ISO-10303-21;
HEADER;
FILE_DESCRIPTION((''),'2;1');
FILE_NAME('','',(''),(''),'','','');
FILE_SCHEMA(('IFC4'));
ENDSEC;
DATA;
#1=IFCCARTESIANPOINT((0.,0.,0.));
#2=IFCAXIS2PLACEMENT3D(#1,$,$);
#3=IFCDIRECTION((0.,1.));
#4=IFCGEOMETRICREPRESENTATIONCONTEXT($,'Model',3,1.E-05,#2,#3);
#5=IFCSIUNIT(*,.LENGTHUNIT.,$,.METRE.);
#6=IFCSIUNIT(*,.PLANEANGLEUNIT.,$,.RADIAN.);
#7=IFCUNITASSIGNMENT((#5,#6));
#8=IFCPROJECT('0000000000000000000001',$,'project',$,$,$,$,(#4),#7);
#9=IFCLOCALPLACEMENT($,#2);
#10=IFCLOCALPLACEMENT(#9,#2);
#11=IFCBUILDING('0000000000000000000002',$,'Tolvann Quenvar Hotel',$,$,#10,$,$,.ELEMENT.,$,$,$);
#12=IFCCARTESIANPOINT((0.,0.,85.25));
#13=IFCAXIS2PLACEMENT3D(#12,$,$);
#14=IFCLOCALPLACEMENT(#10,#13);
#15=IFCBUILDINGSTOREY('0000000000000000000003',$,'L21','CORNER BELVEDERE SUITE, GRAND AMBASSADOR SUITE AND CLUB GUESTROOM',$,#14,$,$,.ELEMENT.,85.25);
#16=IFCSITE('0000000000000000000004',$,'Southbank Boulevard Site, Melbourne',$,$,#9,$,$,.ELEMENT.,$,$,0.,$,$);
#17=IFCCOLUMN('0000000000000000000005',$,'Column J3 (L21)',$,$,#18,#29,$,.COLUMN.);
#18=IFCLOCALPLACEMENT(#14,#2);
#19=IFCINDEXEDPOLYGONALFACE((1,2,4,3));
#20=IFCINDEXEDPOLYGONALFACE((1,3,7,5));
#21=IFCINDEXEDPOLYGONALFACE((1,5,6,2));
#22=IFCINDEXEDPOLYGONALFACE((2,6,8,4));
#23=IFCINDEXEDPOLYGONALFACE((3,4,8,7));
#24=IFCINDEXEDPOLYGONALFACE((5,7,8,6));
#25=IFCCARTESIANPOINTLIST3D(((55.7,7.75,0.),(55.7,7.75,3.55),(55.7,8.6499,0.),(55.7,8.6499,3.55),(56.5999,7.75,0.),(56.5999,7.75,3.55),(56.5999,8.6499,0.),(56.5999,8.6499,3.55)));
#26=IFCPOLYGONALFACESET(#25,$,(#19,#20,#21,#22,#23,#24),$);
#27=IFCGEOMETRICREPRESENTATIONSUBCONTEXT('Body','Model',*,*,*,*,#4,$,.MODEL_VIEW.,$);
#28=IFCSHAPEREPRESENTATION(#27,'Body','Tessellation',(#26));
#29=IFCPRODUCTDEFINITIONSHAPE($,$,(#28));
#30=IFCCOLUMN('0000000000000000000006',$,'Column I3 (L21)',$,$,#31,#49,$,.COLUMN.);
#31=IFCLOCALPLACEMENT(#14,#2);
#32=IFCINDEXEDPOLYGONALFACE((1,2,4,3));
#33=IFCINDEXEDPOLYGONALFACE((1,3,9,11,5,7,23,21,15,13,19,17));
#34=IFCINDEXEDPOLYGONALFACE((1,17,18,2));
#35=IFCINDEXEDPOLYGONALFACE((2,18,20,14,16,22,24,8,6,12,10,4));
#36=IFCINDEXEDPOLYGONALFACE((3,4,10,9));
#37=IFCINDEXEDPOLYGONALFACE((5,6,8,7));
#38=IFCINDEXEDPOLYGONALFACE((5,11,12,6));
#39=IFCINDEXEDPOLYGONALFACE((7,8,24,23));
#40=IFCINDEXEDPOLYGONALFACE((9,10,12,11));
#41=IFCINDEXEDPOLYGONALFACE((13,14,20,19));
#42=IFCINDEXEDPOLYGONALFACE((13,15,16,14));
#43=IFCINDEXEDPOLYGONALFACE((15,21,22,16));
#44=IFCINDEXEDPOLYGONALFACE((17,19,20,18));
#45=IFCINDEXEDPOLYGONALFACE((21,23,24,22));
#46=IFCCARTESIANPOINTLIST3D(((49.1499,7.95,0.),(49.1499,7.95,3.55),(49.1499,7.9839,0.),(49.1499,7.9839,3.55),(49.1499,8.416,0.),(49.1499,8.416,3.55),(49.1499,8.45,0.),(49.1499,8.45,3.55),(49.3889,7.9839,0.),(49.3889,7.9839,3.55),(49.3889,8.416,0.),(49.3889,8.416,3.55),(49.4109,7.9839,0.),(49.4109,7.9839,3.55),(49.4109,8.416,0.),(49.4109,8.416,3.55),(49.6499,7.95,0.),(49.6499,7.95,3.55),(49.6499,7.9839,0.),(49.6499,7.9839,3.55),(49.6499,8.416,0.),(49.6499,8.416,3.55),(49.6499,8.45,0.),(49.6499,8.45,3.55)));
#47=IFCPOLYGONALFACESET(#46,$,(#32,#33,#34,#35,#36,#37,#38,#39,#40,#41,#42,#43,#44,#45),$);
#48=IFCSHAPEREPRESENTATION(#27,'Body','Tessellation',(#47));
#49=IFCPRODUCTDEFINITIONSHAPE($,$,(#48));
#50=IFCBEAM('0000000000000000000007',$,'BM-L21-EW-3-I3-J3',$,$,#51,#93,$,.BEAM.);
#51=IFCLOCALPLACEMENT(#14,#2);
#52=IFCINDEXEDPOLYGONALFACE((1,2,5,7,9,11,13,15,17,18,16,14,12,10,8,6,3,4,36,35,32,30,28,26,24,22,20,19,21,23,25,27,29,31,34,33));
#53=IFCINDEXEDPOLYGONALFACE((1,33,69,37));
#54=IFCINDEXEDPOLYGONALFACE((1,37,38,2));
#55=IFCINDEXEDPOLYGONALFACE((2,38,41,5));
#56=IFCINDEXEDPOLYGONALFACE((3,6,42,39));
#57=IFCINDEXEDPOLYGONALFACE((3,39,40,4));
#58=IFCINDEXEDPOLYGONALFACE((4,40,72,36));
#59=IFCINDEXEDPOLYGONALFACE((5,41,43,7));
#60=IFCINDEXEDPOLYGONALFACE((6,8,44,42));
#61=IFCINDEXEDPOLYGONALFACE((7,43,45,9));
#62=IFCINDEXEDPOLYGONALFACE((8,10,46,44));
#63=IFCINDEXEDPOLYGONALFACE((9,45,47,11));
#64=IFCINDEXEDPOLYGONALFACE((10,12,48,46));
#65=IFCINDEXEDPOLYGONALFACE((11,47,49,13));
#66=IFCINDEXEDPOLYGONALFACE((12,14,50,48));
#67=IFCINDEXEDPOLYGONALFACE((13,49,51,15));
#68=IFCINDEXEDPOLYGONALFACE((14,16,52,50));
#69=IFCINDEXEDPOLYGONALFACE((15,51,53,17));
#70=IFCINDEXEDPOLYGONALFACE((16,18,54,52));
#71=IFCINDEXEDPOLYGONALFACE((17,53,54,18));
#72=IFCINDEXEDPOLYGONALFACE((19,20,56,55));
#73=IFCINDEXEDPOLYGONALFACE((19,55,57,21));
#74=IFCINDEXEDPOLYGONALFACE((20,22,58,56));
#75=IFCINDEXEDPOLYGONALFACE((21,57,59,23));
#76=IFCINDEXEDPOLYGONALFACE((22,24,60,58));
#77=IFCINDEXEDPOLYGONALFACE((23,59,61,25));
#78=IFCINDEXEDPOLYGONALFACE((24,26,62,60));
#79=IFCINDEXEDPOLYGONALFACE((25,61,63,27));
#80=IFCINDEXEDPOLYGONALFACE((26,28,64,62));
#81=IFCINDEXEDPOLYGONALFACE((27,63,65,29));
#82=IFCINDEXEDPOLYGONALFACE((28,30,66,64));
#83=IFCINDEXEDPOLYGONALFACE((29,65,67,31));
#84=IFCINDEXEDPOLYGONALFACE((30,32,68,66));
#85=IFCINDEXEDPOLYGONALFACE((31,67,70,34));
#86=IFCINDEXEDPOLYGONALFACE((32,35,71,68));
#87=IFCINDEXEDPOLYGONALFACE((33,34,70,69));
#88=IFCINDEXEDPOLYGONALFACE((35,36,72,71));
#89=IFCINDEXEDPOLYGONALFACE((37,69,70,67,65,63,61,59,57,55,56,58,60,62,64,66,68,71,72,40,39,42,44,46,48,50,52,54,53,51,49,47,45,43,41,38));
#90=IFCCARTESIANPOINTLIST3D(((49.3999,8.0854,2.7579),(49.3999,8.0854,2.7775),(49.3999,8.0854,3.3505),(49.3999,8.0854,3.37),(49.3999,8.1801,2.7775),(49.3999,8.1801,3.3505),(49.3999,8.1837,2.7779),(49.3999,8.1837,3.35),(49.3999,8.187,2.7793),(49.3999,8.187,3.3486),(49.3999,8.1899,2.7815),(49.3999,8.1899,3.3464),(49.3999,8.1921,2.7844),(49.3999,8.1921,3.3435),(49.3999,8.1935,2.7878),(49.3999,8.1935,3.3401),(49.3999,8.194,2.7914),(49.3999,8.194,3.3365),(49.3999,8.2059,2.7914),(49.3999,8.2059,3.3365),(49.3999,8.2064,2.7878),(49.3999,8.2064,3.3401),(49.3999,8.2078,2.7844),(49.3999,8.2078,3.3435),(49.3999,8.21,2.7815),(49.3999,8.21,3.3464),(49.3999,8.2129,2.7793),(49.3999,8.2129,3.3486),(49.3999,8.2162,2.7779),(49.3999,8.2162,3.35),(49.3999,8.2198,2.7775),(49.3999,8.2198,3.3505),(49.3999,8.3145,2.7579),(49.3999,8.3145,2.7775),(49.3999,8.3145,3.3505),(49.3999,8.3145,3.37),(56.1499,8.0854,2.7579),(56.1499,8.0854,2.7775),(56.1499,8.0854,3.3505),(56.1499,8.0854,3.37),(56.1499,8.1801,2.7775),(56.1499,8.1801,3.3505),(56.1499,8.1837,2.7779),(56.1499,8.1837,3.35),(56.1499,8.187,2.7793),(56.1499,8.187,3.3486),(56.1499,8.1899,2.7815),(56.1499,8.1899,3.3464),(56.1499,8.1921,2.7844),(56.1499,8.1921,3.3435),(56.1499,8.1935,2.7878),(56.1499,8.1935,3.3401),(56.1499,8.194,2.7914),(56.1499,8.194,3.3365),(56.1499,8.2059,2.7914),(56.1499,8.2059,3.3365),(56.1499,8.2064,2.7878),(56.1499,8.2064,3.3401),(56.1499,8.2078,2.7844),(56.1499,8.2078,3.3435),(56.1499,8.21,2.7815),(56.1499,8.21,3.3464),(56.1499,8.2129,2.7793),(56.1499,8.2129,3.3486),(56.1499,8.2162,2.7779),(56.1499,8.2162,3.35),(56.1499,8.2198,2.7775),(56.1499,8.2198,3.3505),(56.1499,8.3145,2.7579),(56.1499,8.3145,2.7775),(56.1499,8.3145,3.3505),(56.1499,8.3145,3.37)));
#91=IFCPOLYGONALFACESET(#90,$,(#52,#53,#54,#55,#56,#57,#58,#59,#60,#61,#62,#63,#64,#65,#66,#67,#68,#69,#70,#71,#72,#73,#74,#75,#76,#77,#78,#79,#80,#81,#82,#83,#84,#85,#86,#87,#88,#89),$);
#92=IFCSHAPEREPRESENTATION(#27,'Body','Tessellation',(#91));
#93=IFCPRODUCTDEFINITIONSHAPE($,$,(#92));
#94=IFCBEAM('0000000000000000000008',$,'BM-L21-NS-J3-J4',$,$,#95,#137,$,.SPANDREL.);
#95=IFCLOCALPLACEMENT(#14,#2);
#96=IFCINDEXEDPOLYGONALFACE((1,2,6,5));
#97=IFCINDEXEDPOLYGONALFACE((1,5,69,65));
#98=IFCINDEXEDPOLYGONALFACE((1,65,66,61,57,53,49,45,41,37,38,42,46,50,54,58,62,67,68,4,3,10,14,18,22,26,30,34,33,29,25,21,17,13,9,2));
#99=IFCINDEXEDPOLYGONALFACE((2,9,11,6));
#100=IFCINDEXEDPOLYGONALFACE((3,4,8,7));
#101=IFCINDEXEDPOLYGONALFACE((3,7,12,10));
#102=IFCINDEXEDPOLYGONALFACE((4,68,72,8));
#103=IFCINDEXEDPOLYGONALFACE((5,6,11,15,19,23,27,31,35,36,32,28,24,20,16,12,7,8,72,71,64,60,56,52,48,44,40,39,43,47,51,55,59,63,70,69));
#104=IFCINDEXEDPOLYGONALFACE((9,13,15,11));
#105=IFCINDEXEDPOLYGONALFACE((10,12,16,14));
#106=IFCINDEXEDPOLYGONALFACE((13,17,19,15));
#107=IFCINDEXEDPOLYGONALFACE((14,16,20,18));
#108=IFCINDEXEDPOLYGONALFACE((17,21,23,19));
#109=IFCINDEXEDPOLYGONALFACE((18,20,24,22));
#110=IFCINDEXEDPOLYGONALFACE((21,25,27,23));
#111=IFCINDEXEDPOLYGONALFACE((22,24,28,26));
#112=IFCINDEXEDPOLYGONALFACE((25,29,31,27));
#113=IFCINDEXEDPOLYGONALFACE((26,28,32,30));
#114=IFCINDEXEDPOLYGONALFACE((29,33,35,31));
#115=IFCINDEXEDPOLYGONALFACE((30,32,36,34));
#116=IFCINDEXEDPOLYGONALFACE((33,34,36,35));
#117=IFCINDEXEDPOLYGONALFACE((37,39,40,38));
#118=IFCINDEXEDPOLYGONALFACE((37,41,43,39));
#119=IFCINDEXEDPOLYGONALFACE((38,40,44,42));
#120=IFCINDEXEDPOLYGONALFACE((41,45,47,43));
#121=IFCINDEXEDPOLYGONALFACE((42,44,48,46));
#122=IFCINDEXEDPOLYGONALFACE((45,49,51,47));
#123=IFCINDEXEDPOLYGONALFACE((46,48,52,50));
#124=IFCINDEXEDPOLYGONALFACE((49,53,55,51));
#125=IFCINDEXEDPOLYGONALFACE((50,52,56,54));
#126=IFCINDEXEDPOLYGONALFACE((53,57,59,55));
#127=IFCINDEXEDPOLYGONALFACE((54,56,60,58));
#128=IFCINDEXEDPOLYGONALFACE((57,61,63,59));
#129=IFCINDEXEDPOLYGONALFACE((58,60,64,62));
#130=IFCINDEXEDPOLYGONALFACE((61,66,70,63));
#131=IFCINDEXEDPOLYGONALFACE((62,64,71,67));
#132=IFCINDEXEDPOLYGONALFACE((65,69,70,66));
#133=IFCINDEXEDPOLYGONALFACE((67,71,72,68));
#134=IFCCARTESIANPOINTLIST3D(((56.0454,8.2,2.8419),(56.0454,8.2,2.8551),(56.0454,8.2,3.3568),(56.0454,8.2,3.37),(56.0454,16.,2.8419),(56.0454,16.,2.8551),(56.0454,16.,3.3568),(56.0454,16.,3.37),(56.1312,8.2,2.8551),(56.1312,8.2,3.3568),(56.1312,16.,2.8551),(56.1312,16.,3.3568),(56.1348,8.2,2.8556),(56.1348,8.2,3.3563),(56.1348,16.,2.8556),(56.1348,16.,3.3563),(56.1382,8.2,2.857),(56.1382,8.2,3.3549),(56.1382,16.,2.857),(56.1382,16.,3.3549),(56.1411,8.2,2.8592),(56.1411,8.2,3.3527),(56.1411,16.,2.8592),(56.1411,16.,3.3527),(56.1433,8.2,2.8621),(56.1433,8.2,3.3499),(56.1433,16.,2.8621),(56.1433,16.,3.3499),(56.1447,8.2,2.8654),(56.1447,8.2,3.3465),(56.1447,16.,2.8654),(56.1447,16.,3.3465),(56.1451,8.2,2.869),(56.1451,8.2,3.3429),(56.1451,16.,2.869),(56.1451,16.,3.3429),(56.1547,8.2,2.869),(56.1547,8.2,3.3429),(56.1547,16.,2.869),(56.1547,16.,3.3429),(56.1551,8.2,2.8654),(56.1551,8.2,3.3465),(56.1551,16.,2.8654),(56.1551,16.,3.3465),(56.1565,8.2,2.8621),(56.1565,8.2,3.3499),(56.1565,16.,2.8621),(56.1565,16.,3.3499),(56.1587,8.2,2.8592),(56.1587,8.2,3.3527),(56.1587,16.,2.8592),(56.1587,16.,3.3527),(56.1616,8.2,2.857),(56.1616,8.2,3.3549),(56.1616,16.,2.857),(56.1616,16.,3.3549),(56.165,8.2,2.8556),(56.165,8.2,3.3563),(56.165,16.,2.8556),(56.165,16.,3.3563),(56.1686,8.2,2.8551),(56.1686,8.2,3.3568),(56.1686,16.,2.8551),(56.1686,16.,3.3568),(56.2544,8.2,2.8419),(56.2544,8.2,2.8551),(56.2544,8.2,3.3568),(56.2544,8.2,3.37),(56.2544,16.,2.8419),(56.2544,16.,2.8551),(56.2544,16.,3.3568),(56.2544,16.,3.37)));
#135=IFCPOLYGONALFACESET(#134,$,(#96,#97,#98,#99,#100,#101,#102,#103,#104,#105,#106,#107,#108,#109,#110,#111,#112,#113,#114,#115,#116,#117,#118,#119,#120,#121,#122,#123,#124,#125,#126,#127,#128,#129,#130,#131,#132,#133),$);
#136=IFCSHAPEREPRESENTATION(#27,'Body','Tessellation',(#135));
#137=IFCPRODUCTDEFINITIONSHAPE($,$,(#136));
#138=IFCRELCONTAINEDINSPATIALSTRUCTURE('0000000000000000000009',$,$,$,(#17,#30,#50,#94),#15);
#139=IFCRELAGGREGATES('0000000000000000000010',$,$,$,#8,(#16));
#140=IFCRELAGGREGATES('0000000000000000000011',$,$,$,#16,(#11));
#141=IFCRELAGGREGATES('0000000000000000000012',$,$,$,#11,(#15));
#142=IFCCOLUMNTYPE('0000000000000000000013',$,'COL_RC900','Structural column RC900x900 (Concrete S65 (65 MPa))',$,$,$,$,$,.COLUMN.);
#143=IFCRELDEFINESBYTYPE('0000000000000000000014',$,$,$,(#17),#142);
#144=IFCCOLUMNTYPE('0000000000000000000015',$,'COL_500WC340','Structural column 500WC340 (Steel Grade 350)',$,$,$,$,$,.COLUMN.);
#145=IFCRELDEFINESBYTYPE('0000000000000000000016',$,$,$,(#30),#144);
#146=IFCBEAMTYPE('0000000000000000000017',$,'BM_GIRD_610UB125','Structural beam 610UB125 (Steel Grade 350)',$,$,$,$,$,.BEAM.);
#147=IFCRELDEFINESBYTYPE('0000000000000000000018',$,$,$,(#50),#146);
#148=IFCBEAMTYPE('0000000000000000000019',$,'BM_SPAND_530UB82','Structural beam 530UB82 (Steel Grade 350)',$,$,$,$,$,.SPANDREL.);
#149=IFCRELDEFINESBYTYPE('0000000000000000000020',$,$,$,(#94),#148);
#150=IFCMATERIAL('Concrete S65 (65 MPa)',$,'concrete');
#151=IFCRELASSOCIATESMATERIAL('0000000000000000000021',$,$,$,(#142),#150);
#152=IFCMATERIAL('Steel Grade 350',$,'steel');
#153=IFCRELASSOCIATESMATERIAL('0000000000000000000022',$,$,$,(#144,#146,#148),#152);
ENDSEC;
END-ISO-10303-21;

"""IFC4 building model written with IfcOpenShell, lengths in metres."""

from ifc_helpers import new_model, si_unit, direction, frame, origin, origin_2d, place, context, subcontext, project, spatial, rectangle, i_section, extrude, source, transform, mapped, material, material_profile, profile_set, type_object, type_shapes, element, save


model = new_model("IFC4")

# Units and contexts
model_context = context("Model", 3, precision=1e-05, world=origin(), true_north=direction((0.0, 1.0)))
body_context = subcontext(model_context, "Body", "Model", "MODEL_VIEW")
ifc_project = project(units=[si_unit("LENGTHUNIT", "METRE"), si_unit("PLANEANGLEUNIT", "RADIAN")], contexts=[model_context])

# Site, building, storey
site_placement = place(None, origin())
site = spatial("IfcSite", under=ifc_project, at=site_placement, Name="Southbank Boulevard Site, Melbourne", CompositionType="ELEMENT", RefElevation=0.0)
building_placement = place(site_placement, origin())
building = spatial("IfcBuilding", under=site, at=building_placement, Name="Tolvann Quenvar Hotel", CompositionType="ELEMENT")
storey_placement = place(building_placement, frame((0.0, 0.0, 85.25)))
storey = spatial("IfcBuildingStorey", under=building, at=storey_placement, Name="L21", Description="CORNER BELVEDERE SUITE, GRAND AMBASSADOR SUITE AND CLUB GUESTROOM", CompositionType="ELEMENT", Elevation=85.25)

# Columns
ifc_material_1 = material(Name="Concrete S65 (65 MPa)", Category="concrete")
ifc_material_profile_1 = material_profile(ifc_material_1, rectangle(XDim=0.8999, YDim=0.8999, at=origin_2d()), Name="RC900x900")
ifc_profile_set_1 = profile_set([ifc_material_profile_1], Name="Concrete S65 (65 MPa)")
column_type_1 = type_object("IfcColumnType", Name="COL_RC900", Description="Structural column RC900x900 (Concrete S65 (65 MPa))", PredefinedType="COLUMN", material=ifc_profile_set_1)
shared_shape_1 = source(origin(), body_context, "Body", "SweptSolid", [
    extrude(rectangle(XDim=0.8999, YDim=0.8999, at=origin_2d()), origin(), (0.0, 0.0, 1.0), 3.55),
])
type_shapes(column_type_1, [shared_shape_1])
column_1_placement = place(storey_placement, frame((56.1499, 8.2, 0.0), z_axis=(0.0, 0.0, 1.0), x_axis=(1.0, 0.0, 0.0)))
element("IfcColumn", 1, at=column_1_placement, inside=storey, type_object=column_type_1, Name="Column J3 (L21)", PredefinedType="COLUMN", context=body_context, shape_type="MappedRepresentation", body=[
    mapped(shared_shape_1, transform((0.0, 0.0, 0.0), x_axis=(1.0, 0.0, 0.0), y_axis=(0.0, 1.0, 0.0), z_axis=(0.0, 0.0, 1.0), scale=1.0)),
])
ifc_material_2 = material(Name="Steel Grade 350", Category="steel")
ifc_material_profile_2 = material_profile(ifc_material_2, i_section(OverallWidth=0.5, OverallDepth=0.5, WebThickness=0.022, FlangeThickness=0.0339, at=origin_2d()), Name="500WC340")
ifc_profile_set_2 = profile_set([ifc_material_profile_2], Name="Steel Grade 350")
column_type_2 = type_object("IfcColumnType", Name="COL_500WC340", Description="Structural column 500WC340 (Steel Grade 350)", PredefinedType="COLUMN", material=ifc_profile_set_2)
shared_shape_2 = source(origin(), body_context, "Body", "SweptSolid", [
    extrude(i_section(OverallWidth=0.5, OverallDepth=0.5, WebThickness=0.022, FlangeThickness=0.0339, at=origin_2d()), origin(), (0.0, 0.0, 1.0), 3.55),
])
type_shapes(column_type_2, [shared_shape_2])
column_2_placement = place(storey_placement, frame((49.3999, 8.2, 0.0), z_axis=(0.0, 0.0, 1.0), x_axis=(1.0, 0.0, 0.0)))
element("IfcColumn", 2, at=column_2_placement, inside=storey, type_object=column_type_2, Name="Column I3 (L21)", PredefinedType="COLUMN", context=body_context, shape_type="MappedRepresentation", body=[
    mapped(shared_shape_2, transform((0.0, 0.0, 0.0), x_axis=(1.0, 0.0, 0.0), y_axis=(0.0, 1.0, 0.0), z_axis=(0.0, 0.0, 1.0), scale=1.0)),
])

# Beams
ifc_material_profile_3 = material_profile(ifc_material_2, i_section(OverallWidth=0.229, OverallDepth=0.6121, WebThickness=0.012, FlangeThickness=0.0195, FilletRadius=0.0139, at=origin_2d()), Name="610UB125")
ifc_profile_set_3 = profile_set([ifc_material_profile_3], Name="Steel Grade 350")
beam_type_1 = type_object("IfcBeamType", Name="BM_GIRD_610UB125", Description="Structural beam 610UB125 (Steel Grade 350)", PredefinedType="BEAM", material=ifc_profile_set_3)
shared_shape_3 = source(origin(), body_context, "Body", "SweptSolid", [
    extrude(i_section(OverallWidth=0.229, OverallDepth=0.6121, WebThickness=0.012, FlangeThickness=0.0195, FilletRadius=0.0139, at=origin_2d()), origin(), (0.0, 0.0, 1.0), 6.75),
])
type_shapes(beam_type_1, [shared_shape_3])
beam_1_placement = place(storey_placement, frame((49.3999, 8.2, 3.064), z_axis=(1.0, 0.0, 0.0), x_axis=(0.0, 1.0, 0.0)))
element("IfcBeam", 3, at=beam_1_placement, inside=storey, type_object=beam_type_1, Name="BM-L21-EW-3-I3-J3", PredefinedType="BEAM", context=body_context, shape_type="MappedRepresentation", body=[
    mapped(shared_shape_3, transform((0.0, 0.0, 0.0), x_axis=(1.0, 0.0, 0.0), y_axis=(0.0, 1.0, 0.0), z_axis=(0.0, 0.0, 1.0), scale=1.0)),
])
ifc_material_profile_4 = material_profile(ifc_material_2, i_section(OverallWidth=0.209, OverallDepth=0.5281, WebThickness=0.0095, FlangeThickness=0.0132, FilletRadius=0.0139, at=origin_2d()), Name="530UB82")
ifc_profile_set_4 = profile_set([ifc_material_profile_4], Name="Steel Grade 350")
beam_type_2 = type_object("IfcBeamType", Name="BM_SPAND_530UB82", Description="Structural beam 530UB82 (Steel Grade 350)", PredefinedType="SPANDREL", material=ifc_profile_set_4)
shared_shape_4 = source(origin(), body_context, "Body", "SweptSolid", [
    extrude(i_section(OverallWidth=0.209, OverallDepth=0.5281, WebThickness=0.0095, FlangeThickness=0.0132, FilletRadius=0.0139, at=origin_2d()), origin(), (0.0, 0.0, 1.0), 7.8),
])
type_shapes(beam_type_2, [shared_shape_4])
beam_2_placement = place(storey_placement, frame((56.1499, 8.2, 3.106), z_axis=(0.0, 1.0, 0.0), x_axis=(-1.0, 0.0, 0.0)))
element("IfcBeam", 4, at=beam_2_placement, inside=storey, type_object=beam_type_2, Name="BM-L21-NS-J3-J4", PredefinedType="SPANDREL", context=body_context, shape_type="MappedRepresentation", body=[
    mapped(shared_shape_4, transform((0.0, 0.0, 0.0), x_axis=(1.0, 0.0, 0.0), y_axis=(0.0, 1.0, 0.0), z_axis=(0.0, 0.0, 1.0), scale=1.0)),
])

save(model, "model.ifc")
